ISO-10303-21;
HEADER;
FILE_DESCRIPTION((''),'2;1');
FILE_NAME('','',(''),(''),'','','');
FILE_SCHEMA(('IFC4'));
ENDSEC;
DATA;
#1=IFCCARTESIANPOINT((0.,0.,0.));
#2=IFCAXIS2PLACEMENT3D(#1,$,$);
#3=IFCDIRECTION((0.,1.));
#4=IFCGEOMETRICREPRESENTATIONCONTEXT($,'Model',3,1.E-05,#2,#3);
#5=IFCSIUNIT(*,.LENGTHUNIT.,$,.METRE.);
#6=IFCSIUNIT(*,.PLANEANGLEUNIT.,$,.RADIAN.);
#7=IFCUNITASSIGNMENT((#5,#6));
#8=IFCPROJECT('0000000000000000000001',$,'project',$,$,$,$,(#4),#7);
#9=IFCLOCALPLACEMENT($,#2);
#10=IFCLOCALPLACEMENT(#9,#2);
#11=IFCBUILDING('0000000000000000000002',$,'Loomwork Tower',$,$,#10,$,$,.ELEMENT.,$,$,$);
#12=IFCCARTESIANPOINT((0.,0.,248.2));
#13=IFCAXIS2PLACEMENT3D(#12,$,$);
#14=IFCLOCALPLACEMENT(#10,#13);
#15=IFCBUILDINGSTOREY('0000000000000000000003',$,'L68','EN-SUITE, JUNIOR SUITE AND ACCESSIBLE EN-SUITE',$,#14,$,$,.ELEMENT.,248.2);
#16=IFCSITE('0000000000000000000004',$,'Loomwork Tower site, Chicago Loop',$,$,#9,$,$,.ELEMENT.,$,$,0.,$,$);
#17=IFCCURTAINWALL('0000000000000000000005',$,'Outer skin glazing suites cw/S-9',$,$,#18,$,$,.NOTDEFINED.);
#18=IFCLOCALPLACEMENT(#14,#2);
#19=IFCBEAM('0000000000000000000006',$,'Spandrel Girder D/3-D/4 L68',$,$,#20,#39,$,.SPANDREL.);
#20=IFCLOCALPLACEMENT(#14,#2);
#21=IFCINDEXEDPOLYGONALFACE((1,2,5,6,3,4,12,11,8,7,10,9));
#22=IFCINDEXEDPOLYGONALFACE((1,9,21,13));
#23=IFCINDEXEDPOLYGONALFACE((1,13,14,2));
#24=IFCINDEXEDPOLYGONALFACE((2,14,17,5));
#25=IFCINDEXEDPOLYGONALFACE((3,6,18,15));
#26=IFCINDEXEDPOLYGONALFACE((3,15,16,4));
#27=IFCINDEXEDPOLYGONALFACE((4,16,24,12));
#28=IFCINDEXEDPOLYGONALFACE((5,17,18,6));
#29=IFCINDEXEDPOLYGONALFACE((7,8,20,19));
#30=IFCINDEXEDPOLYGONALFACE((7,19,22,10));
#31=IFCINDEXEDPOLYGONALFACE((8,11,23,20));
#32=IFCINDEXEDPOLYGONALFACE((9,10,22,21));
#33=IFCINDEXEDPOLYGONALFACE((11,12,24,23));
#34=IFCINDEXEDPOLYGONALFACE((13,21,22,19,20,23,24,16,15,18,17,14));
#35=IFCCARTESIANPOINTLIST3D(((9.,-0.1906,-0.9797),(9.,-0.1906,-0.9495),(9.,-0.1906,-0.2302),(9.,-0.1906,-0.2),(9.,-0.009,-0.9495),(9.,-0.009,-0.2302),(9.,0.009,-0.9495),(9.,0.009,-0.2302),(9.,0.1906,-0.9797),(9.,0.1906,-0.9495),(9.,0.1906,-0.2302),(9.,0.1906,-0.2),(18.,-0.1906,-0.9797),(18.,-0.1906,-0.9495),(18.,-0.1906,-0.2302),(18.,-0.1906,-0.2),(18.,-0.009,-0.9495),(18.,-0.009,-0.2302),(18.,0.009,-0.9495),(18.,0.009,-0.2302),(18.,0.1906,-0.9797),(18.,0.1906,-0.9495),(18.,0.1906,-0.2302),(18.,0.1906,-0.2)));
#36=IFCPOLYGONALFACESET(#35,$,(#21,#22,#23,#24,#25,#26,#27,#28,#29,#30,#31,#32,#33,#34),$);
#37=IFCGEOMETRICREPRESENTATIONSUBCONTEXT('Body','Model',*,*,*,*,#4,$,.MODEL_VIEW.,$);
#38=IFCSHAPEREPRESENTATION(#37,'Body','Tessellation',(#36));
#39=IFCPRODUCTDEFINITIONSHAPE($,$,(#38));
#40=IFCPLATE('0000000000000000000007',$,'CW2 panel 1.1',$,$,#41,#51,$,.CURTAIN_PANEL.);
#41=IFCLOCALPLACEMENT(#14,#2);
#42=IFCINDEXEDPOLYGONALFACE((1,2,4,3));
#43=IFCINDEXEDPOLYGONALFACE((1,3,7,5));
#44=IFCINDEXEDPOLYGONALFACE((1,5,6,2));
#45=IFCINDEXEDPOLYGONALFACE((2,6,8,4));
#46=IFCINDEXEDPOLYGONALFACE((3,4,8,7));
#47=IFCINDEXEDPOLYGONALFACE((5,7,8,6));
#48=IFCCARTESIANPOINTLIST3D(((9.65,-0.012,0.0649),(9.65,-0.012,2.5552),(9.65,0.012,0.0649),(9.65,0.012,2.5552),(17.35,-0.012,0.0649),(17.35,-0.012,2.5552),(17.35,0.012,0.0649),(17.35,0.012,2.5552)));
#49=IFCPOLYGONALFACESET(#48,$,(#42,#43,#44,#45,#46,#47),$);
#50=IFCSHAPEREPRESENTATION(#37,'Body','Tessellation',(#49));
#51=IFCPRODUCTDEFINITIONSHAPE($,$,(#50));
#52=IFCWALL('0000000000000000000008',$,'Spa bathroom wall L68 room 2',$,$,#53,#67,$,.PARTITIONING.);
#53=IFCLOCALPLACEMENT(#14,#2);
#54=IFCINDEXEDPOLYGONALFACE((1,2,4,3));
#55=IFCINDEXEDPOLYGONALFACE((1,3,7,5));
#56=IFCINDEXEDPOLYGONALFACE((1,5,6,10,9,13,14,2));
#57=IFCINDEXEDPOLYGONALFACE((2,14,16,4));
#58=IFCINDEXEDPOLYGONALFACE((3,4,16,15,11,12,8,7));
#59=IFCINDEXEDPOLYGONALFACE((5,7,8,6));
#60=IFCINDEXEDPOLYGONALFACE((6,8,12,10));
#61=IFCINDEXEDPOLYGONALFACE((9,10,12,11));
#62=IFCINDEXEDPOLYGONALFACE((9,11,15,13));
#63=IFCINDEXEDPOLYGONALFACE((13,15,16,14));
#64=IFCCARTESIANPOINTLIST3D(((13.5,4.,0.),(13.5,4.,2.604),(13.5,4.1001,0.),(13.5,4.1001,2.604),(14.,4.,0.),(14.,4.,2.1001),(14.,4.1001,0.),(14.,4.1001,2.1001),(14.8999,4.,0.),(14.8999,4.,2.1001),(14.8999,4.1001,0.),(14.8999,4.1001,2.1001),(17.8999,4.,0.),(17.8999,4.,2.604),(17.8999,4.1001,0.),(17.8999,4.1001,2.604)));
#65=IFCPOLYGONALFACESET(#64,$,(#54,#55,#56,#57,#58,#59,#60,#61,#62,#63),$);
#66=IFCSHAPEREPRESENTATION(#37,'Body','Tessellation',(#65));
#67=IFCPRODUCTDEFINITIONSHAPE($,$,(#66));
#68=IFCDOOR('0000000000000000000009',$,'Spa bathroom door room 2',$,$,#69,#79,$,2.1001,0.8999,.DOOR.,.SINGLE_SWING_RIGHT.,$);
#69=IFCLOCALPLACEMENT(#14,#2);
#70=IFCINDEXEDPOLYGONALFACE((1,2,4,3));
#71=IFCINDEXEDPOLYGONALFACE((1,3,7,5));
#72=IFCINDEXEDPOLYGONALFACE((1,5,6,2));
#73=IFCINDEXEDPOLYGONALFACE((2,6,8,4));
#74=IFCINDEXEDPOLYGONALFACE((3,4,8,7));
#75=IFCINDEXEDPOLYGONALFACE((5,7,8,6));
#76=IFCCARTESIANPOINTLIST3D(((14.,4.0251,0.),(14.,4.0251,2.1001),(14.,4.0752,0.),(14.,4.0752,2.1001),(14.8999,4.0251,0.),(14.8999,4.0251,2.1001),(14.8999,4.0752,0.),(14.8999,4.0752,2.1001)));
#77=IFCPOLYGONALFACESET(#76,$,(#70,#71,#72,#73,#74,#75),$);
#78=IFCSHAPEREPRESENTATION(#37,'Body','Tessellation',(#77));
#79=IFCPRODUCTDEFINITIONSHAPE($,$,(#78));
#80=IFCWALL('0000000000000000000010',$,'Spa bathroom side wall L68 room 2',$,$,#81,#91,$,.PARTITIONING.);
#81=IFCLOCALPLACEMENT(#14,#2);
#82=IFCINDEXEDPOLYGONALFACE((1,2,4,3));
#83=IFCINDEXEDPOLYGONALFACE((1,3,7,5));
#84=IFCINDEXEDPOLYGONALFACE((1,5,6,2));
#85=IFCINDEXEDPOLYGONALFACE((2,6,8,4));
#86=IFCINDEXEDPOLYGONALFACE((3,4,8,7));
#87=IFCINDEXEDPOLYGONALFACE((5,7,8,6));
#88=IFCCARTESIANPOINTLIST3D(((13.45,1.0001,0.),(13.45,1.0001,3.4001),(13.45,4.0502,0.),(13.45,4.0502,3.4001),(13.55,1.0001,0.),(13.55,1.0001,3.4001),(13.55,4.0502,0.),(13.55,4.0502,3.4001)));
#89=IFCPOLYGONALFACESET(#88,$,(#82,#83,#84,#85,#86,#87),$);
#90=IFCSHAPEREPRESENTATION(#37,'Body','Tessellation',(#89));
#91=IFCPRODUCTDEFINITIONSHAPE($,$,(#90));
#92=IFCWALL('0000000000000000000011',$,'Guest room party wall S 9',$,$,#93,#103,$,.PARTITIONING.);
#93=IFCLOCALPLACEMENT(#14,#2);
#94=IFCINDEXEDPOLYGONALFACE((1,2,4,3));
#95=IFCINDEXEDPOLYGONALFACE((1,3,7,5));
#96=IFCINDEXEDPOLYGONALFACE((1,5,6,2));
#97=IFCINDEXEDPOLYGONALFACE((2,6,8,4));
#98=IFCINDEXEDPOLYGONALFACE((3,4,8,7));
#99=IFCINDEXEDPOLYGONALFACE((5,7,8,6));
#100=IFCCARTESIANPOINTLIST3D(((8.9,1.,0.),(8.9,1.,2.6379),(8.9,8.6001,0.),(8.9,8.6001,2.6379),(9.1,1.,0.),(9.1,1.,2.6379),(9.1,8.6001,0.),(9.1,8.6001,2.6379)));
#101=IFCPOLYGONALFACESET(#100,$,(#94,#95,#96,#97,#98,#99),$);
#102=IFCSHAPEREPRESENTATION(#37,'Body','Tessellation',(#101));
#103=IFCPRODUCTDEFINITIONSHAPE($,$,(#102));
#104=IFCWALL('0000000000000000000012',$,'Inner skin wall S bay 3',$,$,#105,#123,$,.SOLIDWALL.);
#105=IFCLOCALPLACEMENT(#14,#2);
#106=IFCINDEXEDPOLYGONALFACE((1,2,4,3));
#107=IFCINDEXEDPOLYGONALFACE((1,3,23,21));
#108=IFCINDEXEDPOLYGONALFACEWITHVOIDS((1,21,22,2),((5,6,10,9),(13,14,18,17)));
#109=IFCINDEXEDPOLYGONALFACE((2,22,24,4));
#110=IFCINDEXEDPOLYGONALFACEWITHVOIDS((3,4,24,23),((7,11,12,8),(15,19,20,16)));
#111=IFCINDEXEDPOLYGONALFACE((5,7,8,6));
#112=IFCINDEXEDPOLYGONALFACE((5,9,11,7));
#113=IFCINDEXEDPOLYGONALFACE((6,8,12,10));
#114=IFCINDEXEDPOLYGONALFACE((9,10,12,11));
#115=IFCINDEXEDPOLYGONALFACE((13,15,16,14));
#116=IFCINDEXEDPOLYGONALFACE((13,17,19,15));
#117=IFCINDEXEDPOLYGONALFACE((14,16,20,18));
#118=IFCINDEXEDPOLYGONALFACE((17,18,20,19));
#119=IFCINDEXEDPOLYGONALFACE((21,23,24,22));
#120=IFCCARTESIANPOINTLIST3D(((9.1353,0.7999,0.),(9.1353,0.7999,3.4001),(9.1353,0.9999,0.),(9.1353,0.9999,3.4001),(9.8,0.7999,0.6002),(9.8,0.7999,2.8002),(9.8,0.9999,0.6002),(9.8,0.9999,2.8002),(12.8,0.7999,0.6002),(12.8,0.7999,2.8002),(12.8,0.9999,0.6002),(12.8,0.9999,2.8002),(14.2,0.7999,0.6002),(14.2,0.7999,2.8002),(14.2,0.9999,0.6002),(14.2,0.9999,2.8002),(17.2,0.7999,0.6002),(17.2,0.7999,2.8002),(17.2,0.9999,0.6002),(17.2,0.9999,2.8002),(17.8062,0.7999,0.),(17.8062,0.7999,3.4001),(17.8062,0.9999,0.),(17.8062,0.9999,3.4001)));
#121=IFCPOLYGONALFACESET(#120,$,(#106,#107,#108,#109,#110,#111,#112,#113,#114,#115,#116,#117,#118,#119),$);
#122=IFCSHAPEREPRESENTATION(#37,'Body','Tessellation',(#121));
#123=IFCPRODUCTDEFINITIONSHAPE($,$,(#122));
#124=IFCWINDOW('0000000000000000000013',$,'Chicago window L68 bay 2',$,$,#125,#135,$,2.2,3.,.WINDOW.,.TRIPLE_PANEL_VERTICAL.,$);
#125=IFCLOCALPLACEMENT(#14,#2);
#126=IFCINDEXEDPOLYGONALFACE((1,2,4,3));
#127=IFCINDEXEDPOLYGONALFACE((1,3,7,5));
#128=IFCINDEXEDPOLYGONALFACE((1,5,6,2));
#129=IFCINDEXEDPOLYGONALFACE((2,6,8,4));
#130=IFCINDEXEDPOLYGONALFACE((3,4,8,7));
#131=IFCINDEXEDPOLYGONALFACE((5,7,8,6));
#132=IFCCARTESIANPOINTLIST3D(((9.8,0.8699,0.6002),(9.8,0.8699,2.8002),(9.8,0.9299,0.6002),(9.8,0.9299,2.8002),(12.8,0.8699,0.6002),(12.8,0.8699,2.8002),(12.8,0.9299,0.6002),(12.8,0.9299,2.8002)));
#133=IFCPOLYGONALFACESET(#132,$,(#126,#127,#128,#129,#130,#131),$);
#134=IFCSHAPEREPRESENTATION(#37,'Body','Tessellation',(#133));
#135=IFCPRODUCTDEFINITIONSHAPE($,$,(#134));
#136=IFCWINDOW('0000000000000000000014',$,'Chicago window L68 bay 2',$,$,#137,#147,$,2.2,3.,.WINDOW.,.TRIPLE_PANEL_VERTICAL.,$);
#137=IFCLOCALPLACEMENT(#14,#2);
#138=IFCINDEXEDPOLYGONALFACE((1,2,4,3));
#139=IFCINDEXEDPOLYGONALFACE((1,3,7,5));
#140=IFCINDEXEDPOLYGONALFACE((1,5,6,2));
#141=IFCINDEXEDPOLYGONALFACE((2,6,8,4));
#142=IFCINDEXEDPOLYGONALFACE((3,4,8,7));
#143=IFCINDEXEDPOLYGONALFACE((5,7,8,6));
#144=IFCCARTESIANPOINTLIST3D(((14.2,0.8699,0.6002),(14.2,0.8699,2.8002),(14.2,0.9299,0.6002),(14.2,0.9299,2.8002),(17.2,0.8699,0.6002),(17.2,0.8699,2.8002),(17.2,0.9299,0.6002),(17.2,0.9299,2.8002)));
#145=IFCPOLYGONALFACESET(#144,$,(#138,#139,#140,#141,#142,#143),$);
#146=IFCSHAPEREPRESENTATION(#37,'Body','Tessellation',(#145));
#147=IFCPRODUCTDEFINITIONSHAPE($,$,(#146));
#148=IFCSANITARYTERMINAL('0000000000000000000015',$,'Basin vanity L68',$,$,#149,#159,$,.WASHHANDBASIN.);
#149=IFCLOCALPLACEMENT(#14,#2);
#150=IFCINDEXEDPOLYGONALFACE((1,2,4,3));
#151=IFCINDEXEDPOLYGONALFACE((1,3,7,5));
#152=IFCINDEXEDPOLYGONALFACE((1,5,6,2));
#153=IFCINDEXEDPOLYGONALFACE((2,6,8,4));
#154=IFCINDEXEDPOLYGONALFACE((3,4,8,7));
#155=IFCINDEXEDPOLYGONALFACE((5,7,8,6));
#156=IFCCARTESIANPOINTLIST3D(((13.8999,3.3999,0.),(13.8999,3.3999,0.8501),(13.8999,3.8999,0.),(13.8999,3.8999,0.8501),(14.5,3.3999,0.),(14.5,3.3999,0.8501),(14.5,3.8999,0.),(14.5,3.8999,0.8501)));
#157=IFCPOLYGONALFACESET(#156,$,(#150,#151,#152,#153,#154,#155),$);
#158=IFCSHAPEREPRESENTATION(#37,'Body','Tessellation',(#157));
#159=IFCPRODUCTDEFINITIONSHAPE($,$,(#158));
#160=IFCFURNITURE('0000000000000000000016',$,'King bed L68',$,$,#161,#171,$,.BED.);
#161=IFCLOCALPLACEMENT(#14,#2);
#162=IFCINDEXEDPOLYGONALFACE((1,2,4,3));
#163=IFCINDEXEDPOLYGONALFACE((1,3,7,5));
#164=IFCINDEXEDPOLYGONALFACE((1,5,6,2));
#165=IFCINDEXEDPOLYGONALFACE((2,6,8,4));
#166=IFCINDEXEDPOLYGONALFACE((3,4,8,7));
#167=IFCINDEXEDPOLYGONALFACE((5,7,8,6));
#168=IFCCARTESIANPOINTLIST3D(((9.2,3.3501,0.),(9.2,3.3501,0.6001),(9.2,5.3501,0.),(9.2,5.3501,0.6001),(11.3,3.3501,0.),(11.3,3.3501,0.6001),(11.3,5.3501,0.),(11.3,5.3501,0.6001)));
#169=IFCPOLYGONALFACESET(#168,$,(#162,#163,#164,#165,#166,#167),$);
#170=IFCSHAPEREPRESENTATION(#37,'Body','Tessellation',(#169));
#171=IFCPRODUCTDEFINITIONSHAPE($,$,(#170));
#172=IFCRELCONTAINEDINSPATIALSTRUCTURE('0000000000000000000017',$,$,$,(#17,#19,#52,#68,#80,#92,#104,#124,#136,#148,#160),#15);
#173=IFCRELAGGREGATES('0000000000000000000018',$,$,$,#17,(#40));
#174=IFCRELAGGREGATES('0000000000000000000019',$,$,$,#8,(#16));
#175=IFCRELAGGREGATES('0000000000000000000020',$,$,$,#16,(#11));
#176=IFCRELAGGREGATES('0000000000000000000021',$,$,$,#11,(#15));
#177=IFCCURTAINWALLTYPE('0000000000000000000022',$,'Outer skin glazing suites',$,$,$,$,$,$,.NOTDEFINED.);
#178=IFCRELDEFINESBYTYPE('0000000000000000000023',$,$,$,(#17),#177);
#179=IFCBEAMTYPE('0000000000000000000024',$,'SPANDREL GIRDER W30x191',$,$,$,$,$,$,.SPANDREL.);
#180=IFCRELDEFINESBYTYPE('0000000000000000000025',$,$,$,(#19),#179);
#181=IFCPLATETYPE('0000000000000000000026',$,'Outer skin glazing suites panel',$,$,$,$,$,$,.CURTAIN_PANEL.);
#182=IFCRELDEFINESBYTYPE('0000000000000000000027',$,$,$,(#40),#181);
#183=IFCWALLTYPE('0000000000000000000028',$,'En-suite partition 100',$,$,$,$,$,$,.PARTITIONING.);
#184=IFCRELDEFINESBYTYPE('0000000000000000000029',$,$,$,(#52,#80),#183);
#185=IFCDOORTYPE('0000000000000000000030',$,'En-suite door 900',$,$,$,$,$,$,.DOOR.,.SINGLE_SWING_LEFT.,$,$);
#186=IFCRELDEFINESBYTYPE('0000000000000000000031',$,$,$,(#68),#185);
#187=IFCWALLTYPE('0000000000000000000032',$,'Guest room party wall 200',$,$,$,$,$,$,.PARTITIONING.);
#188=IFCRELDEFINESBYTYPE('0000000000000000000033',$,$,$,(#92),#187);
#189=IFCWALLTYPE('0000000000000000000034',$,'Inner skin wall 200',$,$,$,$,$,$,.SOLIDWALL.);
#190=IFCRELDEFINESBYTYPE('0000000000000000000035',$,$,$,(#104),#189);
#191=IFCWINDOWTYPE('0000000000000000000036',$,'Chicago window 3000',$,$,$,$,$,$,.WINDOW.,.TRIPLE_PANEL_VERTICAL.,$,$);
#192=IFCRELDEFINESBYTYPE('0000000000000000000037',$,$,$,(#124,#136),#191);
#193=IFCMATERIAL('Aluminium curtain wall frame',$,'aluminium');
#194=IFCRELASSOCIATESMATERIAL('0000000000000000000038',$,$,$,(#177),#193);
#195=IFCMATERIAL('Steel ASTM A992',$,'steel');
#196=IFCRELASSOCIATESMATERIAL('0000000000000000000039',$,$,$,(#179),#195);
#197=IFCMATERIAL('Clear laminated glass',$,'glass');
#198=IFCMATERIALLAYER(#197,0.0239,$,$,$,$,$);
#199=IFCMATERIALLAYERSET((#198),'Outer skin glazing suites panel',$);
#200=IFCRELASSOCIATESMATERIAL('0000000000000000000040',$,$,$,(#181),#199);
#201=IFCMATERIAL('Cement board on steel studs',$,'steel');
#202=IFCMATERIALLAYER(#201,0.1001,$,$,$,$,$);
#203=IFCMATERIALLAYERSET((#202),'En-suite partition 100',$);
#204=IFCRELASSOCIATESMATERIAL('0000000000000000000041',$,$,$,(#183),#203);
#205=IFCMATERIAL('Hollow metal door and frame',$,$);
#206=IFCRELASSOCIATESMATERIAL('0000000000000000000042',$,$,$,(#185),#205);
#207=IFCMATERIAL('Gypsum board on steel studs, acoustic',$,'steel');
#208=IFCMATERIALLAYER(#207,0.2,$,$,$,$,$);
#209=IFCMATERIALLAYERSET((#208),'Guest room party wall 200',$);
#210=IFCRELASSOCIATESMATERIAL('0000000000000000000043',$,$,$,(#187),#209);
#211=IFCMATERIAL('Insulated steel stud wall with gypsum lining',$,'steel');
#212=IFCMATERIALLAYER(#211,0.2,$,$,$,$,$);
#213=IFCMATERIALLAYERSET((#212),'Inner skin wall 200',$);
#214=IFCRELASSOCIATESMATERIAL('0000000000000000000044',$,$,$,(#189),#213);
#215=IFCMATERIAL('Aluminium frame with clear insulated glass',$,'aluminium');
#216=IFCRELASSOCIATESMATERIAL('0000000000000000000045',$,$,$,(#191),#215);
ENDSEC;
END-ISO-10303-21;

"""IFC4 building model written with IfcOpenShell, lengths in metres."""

from ifc_helpers import new_model, si_unit, direction, frame, frame_2d, origin, origin_2d, place, context, subcontext, project, spatial, rectangle, i_section, extrude, material, layer, layer_set, material_profile, profile_set, type_object, element, fill, aggregate, save


model = new_model("IFC4")

# Units and contexts
model_context = context("Model", 3, precision=1e-05, world=origin(), true_north=direction((0.0, 1.0)))
body_context = subcontext(model_context, "Body", "Model", "MODEL_VIEW")
ifc_project = project(units=[si_unit("LENGTHUNIT", "METRE"), si_unit("PLANEANGLEUNIT", "RADIAN")], contexts=[model_context])

# Site, building, storey
site_placement = place(None, origin())
site = spatial("IfcSite", under=ifc_project, at=site_placement, Name="Loomwork Tower site, Chicago Loop", CompositionType="ELEMENT", RefElevation=0.0)
building_placement = place(site_placement, origin())
building = spatial("IfcBuilding", under=site, at=building_placement, Name="Loomwork Tower", CompositionType="ELEMENT")
storey_placement = place(building_placement, frame((0.0, 0.0, 248.2)))
storey = spatial("IfcBuildingStorey", under=building, at=storey_placement, Name="L68", Description="EN-SUITE, JUNIOR SUITE AND ACCESSIBLE EN-SUITE", CompositionType="ELEMENT", Elevation=248.2)

# Curtain wall
ifc_material_1 = material(Name="Aluminium curtain wall frame", Category="aluminium")
curtain_wall_type = type_object("IfcCurtainWallType", Name="Outer skin glazing suites", PredefinedType="NOTDEFINED", material=ifc_material_1)
curtain_wall_placement = place(storey_placement, origin())
curtain_wall = element("IfcCurtainWall", 1, at=curtain_wall_placement, inside=storey, type_object=curtain_wall_type, Name="Outer skin glazing suites cw/S-9", PredefinedType="NOTDEFINED")

# Beam
ifc_material_2 = material(Name="Steel ASTM A992", Category="steel")
ifc_material_profile_1 = material_profile(ifc_material_2, i_section(OverallWidth=0.3811, OverallDepth=0.7798, WebThickness=0.0181, FlangeThickness=0.0303, at=origin_2d()), Name="W30x191")
ifc_profile_set_1 = profile_set([ifc_material_profile_1], Name="Steel ASTM A992")
beam_type_1 = type_object("IfcBeamType", Name="SPANDREL GIRDER W30x191", PredefinedType="SPANDREL", material=ifc_profile_set_1)
beam_1_placement = place(storey_placement, frame((9.0, 0.0, -0.5898), z_axis=(1.0, 0.0, 0.0), x_axis=(0.0, 1.0, 0.0)))
element("IfcBeam", 2, at=beam_1_placement, inside=storey, type_object=beam_type_1, Name="Spandrel Girder D/3-D/4 L68", PredefinedType="SPANDREL", context=body_context, shape_type="SweptSolid", body=[
    extrude(i_section(OverallWidth=0.3811, OverallDepth=0.7798, WebThickness=0.0181, FlangeThickness=0.0303, at=origin_2d()), origin(), (0.0, 0.0, 1.0), 9.0),
])

# Plate
ifc_material_3 = material(Name="Clear laminated glass", Category="glass")
ifc_layer_1 = layer(ifc_material_3, 0.0239)
ifc_layer_set_1 = layer_set([ifc_layer_1], Name="Outer skin glazing suites panel")
plate_type = type_object("IfcPlateType", Name="Outer skin glazing suites panel", PredefinedType="CURTAIN_PANEL", material=ifc_layer_set_1)
plate_placement = place(storey_placement, frame((13.5, 0.0, 0.0649), z_axis=(0.0, 0.0, 1.0), x_axis=(1.0, 0.0, 0.0)))
plate = element("IfcPlate", 3, at=plate_placement, type_object=plate_type, Name="CW2 panel 1.1", PredefinedType="CURTAIN_PANEL", context=body_context, shape_type="SweptSolid", body=[
    extrude(rectangle(XDim=7.7, YDim=0.0239, at=origin_2d()), origin(), (0.0, 0.0, 1.0), 2.4902),
])
aggregate(curtain_wall, [plate])

# Wall, opening, door
ifc_material_4 = material(Name="Cement board on steel studs", Category="steel")
ifc_layer_2 = layer(ifc_material_4, 0.1001)
ifc_layer_set_2 = layer_set([ifc_layer_2], Name="En-suite partition 100")
wall_type_1 = type_object("IfcWallType", Name="En-suite partition 100", PredefinedType="PARTITIONING", material=ifc_layer_set_2)
wall_1_placement = place(storey_placement, frame((13.5, 4.05, 0.0), z_axis=(0.0, 0.0, 1.0), x_axis=(1.0, 0.0, 0.0)))
wall_1 = element("IfcWall", 4, at=wall_1_placement, inside=storey, type_object=wall_type_1, Name="Spa bathroom wall L68 room 2", PredefinedType="PARTITIONING", context=body_context, shape_type="SweptSolid", body=[
    extrude(rectangle(XDim=4.3999, YDim=0.1001, at=frame_2d((2.2, 0.0))), origin(), (0.0, 0.0, 1.0), 2.604),
])
opening_1_placement = place(wall_1_placement, frame((0.5, 0.0, 0.0)))
opening_1 = element("IfcOpeningElement", 5, at=opening_1_placement, cuts=wall_1, PredefinedType="OPENING", context=body_context, shape_type="SweptSolid", body=[
    extrude(rectangle(XDim=0.8999, YDim=2.1001, at=frame_2d((0.45, 1.05))), frame((0.0, 0.0601, 0.0), z_axis=(0.0, -1.0, 0.0), x_axis=(1.0, 0.0, 0.0)), (0.0, 0.0, 1.0), 0.1201),
])
ifc_material_5 = material(Name="Hollow metal door and frame")
door_type = type_object("IfcDoorType", Name="En-suite door 900", OperationType="SINGLE_SWING_LEFT", PredefinedType="DOOR", material=ifc_material_5)
door_placement = place(opening_1_placement, frame((0.8999, 0.0, 0.0), z_axis=(0.0, 0.0, 1.0), x_axis=(-1.0, 0.0, 0.0)))
door = element("IfcDoor", 6, at=door_placement, inside=storey, type_object=door_type, Name="Spa bathroom door room 2", OperationType="SINGLE_SWING_RIGHT", OverallHeight=2.1001, OverallWidth=0.8999, PredefinedType="DOOR", context=body_context, shape_type="SweptSolid", body=[
    extrude(rectangle(XDim=0.8999, YDim=2.1001, at=frame_2d((0.45, 1.05))), frame((0.0, 0.0249, 0.0), z_axis=(0.0, -1.0, 0.0), x_axis=(1.0, 0.0, 0.0)), (0.0, 0.0, 1.0), 0.05),
])
fill(opening_1, door)

# Walls
wall_2_placement = place(storey_placement, frame((13.5, 4.05, 0.0), z_axis=(0.0, 0.0, 1.0), x_axis=(0.0, -1.0, 0.0)))
element("IfcWall", 7, at=wall_2_placement, inside=storey, type_object=wall_type_1, Name="Spa bathroom side wall L68 room 2", PredefinedType="PARTITIONING", context=body_context, shape_type="SweptSolid", body=[
    extrude(rectangle(XDim=3.05, YDim=0.1001, at=frame_2d((1.5249, 0.0))), origin(), (0.0, 0.0, 1.0), 3.4001),
])
ifc_material_6 = material(Name="Gypsum board on steel studs, acoustic", Category="steel")
ifc_layer_3 = layer(ifc_material_6, 0.2)
ifc_layer_set_3 = layer_set([ifc_layer_3], Name="Guest room party wall 200")
wall_type_2 = type_object("IfcWallType", Name="Guest room party wall 200", PredefinedType="PARTITIONING", material=ifc_layer_set_3)
wall_3_placement = place(storey_placement, frame((9.0, 8.6001, 0.0), z_axis=(0.0, 0.0, 1.0), x_axis=(0.0, -1.0, 0.0)))
element("IfcWall", 8, at=wall_3_placement, inside=storey, type_object=wall_type_2, Name="Guest room party wall S 9", PredefinedType="PARTITIONING", context=body_context, shape_type="SweptSolid", body=[
    extrude(rectangle(XDim=7.6001, YDim=0.2, at=frame_2d((3.8, 0.0))), origin(), (0.0, 0.0, 1.0), 2.6379),
])

# Wall, openings, windows
ifc_material_7 = material(Name="Insulated steel stud wall with gypsum lining", Category="steel")
ifc_layer_4 = layer(ifc_material_7, 0.2)
ifc_layer_set_4 = layer_set([ifc_layer_4], Name="Inner skin wall 200")
wall_type_3 = type_object("IfcWallType", Name="Inner skin wall 200", PredefinedType="SOLIDWALL", material=ifc_layer_set_4)
wall_4_placement = place(storey_placement, frame((9.1353, 0.8999, 0.0), z_axis=(0.0, 0.0, 1.0), x_axis=(1.0, 0.0, 0.0)))
wall_4 = element("IfcWall", 9, at=wall_4_placement, inside=storey, type_object=wall_type_3, Name="Inner skin wall S bay 3", PredefinedType="SOLIDWALL", context=body_context, shape_type="SweptSolid", body=[
    extrude(rectangle(XDim=8.6709, YDim=0.2, at=frame_2d((4.3354, 0.0))), origin(), (0.0, 0.0, 1.0), 3.4001),
])
opening_2_placement = place(wall_4_placement, frame((0.6648, 0.0, 0.6001)))
opening_2 = element("IfcOpeningElement", 10, at=opening_2_placement, cuts=wall_4, PredefinedType="OPENING", context=body_context, shape_type="SweptSolid", body=[
    extrude(rectangle(XDim=3.0, YDim=2.2, at=frame_2d((1.5, 1.1001))), frame((0.0, 0.1099, 0.0), z_axis=(0.0, -1.0, 0.0), x_axis=(1.0, 0.0, 0.0)), (0.0, 0.0, 1.0), 0.22),
])
opening_3_placement = place(wall_4_placement, frame((5.0647, 0.0, 0.6001)))
opening_3 = element("IfcOpeningElement", 11, at=opening_3_placement, cuts=wall_4, PredefinedType="OPENING", context=body_context, shape_type="SweptSolid", body=[
    extrude(rectangle(XDim=3.0, YDim=2.2, at=frame_2d((1.5, 1.1001))), frame((0.0, 0.1099, 0.0), z_axis=(0.0, -1.0, 0.0), x_axis=(1.0, 0.0, 0.0)), (0.0, 0.0, 1.0), 0.22),
])
ifc_material_8 = material(Name="Aluminium frame with clear insulated glass", Category="aluminium")
window_type = type_object("IfcWindowType", Name="Chicago window 3000", PartitioningType="TRIPLE_PANEL_VERTICAL", PredefinedType="WINDOW", material=ifc_material_8)
window_1_placement = place(opening_2_placement, origin())
window_1 = element("IfcWindow", 12, at=window_1_placement, inside=storey, type_object=window_type, Name="Chicago window L68 bay 2", OverallHeight=2.2, OverallWidth=3.0, PartitioningType="TRIPLE_PANEL_VERTICAL", PredefinedType="WINDOW", context=body_context, shape_type="SweptSolid", body=[
    extrude(rectangle(XDim=3.0, YDim=2.2, at=frame_2d((1.5, 1.1001))), frame((0.0, 0.03, 0.0), z_axis=(0.0, -1.0, 0.0), x_axis=(1.0, 0.0, 0.0)), (0.0, 0.0, 1.0), 0.0601),
])
fill(opening_2, window_1)
window_2_placement = place(opening_3_placement, origin())
window_2 = element("IfcWindow", 13, at=window_2_placement, inside=storey, type_object=window_type, Name="Chicago window L68 bay 2", OverallHeight=2.2, OverallWidth=3.0, PartitioningType="TRIPLE_PANEL_VERTICAL", PredefinedType="WINDOW", context=body_context, shape_type="SweptSolid", body=[
    extrude(rectangle(XDim=3.0, YDim=2.2, at=frame_2d((1.5, 1.1001))), frame((0.0, 0.03, 0.0), z_axis=(0.0, -1.0, 0.0), x_axis=(1.0, 0.0, 0.0)), (0.0, 0.0, 1.0), 0.0601),
])
fill(opening_3, window_2)

# Sanitary terminal
sanitary_terminal_placement = place(storey_placement, frame((14.2, 3.6499, 0.0), z_axis=(0.0, 0.0, 1.0), x_axis=(1.0, 0.0, 0.0)))
element("IfcSanitaryTerminal", 14, at=sanitary_terminal_placement, inside=storey, Name="Basin vanity L68", PredefinedType="WASHHANDBASIN", context=body_context, shape_type="SweptSolid", body=[
    extrude(rectangle(XDim=0.6001, YDim=0.5, at=origin_2d()), origin(), (0.0, 0.0, 1.0), 0.8501),
])

# Furniture
furniture_1_placement = place(storey_placement, frame((10.25, 4.3501, 0.0), z_axis=(0.0, 0.0, 1.0), x_axis=(1.0, 0.0, 0.0)))
element("IfcFurniture", 15, at=furniture_1_placement, inside=storey, Name="King bed L68", PredefinedType="BED", context=body_context, shape_type="SweptSolid", body=[
    extrude(rectangle(XDim=2.1001, YDim=2.0, at=origin_2d()), origin(), (0.0, 0.0, 1.0), 0.6001),
])

save(model, "model.ifc")
